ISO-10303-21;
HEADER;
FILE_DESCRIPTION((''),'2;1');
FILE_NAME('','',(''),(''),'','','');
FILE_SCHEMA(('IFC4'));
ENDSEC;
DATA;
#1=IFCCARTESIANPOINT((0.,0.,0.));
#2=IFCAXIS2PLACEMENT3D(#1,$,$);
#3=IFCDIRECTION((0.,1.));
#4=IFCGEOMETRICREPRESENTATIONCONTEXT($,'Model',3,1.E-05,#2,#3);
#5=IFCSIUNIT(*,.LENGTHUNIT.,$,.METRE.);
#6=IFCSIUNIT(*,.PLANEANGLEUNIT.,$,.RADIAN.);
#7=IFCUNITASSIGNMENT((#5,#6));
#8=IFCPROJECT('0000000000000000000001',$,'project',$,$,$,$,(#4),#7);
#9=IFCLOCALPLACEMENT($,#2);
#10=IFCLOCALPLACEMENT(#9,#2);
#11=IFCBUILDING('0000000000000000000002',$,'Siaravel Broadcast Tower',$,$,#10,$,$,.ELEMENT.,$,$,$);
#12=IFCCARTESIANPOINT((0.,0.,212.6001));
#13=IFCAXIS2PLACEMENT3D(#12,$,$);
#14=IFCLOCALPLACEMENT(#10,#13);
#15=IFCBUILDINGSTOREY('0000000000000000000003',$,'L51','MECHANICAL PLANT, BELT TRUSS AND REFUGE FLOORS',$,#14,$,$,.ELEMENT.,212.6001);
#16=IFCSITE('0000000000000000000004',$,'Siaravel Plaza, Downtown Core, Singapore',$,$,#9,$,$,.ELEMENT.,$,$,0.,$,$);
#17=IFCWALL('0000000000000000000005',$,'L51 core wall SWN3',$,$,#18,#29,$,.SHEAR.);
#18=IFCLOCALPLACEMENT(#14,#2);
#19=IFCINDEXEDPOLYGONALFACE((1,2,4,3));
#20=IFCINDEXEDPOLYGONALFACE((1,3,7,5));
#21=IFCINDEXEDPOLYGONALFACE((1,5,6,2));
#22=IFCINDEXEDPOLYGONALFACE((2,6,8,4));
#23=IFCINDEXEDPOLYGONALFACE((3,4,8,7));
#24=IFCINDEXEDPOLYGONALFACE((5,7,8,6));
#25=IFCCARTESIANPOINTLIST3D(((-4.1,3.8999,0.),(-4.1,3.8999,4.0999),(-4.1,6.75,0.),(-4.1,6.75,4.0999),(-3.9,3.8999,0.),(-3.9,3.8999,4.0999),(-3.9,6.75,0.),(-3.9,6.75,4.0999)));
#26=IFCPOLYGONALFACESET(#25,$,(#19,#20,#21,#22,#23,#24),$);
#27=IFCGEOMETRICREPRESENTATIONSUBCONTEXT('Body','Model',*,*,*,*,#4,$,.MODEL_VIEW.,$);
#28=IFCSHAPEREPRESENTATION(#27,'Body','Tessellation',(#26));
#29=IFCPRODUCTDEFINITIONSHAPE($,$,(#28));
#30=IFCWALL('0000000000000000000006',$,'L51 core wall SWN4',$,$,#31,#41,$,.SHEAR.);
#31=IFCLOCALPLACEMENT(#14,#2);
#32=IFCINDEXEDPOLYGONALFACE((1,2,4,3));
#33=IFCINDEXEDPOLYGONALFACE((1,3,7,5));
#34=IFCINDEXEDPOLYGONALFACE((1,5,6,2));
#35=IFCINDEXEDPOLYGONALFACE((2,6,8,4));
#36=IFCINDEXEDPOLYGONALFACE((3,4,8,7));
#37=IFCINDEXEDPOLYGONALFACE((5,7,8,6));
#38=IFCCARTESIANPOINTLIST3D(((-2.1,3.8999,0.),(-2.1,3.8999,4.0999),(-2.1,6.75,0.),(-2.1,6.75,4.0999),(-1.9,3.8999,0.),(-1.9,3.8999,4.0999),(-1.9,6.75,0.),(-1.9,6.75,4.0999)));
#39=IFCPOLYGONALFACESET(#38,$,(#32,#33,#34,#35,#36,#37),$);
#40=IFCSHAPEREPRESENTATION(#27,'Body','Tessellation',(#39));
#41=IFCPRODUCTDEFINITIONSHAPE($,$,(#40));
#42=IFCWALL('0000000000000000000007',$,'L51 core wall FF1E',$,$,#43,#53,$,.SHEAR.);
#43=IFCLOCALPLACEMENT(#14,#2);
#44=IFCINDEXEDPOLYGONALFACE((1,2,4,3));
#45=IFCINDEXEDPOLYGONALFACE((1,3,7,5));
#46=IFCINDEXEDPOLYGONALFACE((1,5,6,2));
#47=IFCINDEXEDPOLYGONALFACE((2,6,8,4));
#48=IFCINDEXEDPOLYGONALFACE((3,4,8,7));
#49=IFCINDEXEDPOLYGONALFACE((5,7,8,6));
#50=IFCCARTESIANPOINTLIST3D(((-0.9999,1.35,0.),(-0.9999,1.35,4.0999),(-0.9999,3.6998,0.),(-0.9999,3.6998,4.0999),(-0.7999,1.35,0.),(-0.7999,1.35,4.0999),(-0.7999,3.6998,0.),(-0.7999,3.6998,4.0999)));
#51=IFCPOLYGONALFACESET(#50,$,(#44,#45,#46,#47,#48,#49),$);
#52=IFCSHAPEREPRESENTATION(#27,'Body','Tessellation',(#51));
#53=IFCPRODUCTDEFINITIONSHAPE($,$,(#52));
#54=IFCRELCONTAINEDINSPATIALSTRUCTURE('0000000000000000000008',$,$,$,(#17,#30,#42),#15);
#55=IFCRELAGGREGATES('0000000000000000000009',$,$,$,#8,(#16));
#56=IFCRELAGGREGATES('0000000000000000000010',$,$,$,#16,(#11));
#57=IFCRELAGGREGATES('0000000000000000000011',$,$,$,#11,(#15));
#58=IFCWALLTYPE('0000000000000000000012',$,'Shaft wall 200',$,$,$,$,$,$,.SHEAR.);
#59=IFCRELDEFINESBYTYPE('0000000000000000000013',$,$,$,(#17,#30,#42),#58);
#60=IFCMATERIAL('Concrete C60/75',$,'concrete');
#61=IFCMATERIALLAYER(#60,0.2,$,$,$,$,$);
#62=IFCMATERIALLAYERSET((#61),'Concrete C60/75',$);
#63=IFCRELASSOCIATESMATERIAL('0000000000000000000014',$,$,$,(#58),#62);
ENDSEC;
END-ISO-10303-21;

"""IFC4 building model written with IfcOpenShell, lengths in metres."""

from ifc_helpers import new_model, si_unit, direction, frame, frame_2d, origin, place, context, subcontext, project, spatial, rectangle, extrude, material, layer, layer_set, type_object, element, save


model = new_model("IFC4")

# Units and contexts
model_context = context("Model", 3, precision=1e-05, world=origin(), true_north=direction((0.0, 1.0)))
body_context = subcontext(model_context, "Body", "Model", "MODEL_VIEW")
ifc_project = project(units=[si_unit("LENGTHUNIT", "METRE"), si_unit("PLANEANGLEUNIT", "RADIAN")], contexts=[model_context])

# Site, building, storey
site_placement = place(None, origin())
site = spatial("IfcSite", under=ifc_project, at=site_placement, Name="Siaravel Plaza, Downtown Core, Singapore", CompositionType="ELEMENT", RefElevation=0.0)
building_placement = place(site_placement, origin())
building = spatial("IfcBuilding", under=site, at=building_placement, Name="Siaravel Broadcast Tower", CompositionType="ELEMENT")
storey_placement = place(building_placement, frame((0.0, 0.0, 212.6001)))
storey = spatial("IfcBuildingStorey", under=building, at=storey_placement, Name="L51", Description="MECHANICAL PLANT, BELT TRUSS AND REFUGE FLOORS", CompositionType="ELEMENT", Elevation=212.6001)

# Shared definitions
ifc_material_1 = material(Name="Concrete C60/75", Category="concrete")

# Walls
ifc_layer_1 = layer(ifc_material_1, 0.2)
ifc_layer_set_1 = layer_set([ifc_layer_1], Name="Concrete C60/75")
wall_type_1 = type_object("IfcWallType", Name="Shaft wall 200", PredefinedType="SHEAR", material=ifc_layer_set_1)
for number, where, z_axis, x_axis, name in (
    (1, (-4.0, 3.8999, 0.0), (0.0, 0.0, 1.0), (0.0, 1.0, 0.0), "L51 core wall SWN3"),
    (2, (-2.0, 3.8999, 0.0), (0.0, 0.0, 1.0), (0.0, 1.0, 0.0), "L51 core wall SWN4"),
):
    element("IfcWall", number, at=place(storey_placement, frame(where, z_axis=z_axis, x_axis=x_axis)), inside=storey, type_object=wall_type_1, Name=name, PredefinedType="SHEAR", context=body_context, shape_type="SweptSolid", body=[
        extrude(rectangle(XDim=2.8501, YDim=0.2, at=frame_2d((1.425, 0.0))), origin(), (0.0, 0.0, 1.0), 4.0999),
    ])
wall_1_placement = place(storey_placement, frame((-0.8999, 1.3501, 0.0), z_axis=(0.0, 0.0, 1.0), x_axis=(0.0, 1.0, 0.0)))
element("IfcWall", 3, at=wall_1_placement, inside=storey, type_object=wall_type_1, Name="L51 core wall FF1E", PredefinedType="SHEAR", context=body_context, shape_type="SweptSolid", body=[
    extrude(rectangle(XDim=2.3499, YDim=0.2, at=frame_2d((1.1748, 0.0))), origin(), (0.0, 0.0, 1.0), 4.0999),
])

save(model, "model.ifc")
